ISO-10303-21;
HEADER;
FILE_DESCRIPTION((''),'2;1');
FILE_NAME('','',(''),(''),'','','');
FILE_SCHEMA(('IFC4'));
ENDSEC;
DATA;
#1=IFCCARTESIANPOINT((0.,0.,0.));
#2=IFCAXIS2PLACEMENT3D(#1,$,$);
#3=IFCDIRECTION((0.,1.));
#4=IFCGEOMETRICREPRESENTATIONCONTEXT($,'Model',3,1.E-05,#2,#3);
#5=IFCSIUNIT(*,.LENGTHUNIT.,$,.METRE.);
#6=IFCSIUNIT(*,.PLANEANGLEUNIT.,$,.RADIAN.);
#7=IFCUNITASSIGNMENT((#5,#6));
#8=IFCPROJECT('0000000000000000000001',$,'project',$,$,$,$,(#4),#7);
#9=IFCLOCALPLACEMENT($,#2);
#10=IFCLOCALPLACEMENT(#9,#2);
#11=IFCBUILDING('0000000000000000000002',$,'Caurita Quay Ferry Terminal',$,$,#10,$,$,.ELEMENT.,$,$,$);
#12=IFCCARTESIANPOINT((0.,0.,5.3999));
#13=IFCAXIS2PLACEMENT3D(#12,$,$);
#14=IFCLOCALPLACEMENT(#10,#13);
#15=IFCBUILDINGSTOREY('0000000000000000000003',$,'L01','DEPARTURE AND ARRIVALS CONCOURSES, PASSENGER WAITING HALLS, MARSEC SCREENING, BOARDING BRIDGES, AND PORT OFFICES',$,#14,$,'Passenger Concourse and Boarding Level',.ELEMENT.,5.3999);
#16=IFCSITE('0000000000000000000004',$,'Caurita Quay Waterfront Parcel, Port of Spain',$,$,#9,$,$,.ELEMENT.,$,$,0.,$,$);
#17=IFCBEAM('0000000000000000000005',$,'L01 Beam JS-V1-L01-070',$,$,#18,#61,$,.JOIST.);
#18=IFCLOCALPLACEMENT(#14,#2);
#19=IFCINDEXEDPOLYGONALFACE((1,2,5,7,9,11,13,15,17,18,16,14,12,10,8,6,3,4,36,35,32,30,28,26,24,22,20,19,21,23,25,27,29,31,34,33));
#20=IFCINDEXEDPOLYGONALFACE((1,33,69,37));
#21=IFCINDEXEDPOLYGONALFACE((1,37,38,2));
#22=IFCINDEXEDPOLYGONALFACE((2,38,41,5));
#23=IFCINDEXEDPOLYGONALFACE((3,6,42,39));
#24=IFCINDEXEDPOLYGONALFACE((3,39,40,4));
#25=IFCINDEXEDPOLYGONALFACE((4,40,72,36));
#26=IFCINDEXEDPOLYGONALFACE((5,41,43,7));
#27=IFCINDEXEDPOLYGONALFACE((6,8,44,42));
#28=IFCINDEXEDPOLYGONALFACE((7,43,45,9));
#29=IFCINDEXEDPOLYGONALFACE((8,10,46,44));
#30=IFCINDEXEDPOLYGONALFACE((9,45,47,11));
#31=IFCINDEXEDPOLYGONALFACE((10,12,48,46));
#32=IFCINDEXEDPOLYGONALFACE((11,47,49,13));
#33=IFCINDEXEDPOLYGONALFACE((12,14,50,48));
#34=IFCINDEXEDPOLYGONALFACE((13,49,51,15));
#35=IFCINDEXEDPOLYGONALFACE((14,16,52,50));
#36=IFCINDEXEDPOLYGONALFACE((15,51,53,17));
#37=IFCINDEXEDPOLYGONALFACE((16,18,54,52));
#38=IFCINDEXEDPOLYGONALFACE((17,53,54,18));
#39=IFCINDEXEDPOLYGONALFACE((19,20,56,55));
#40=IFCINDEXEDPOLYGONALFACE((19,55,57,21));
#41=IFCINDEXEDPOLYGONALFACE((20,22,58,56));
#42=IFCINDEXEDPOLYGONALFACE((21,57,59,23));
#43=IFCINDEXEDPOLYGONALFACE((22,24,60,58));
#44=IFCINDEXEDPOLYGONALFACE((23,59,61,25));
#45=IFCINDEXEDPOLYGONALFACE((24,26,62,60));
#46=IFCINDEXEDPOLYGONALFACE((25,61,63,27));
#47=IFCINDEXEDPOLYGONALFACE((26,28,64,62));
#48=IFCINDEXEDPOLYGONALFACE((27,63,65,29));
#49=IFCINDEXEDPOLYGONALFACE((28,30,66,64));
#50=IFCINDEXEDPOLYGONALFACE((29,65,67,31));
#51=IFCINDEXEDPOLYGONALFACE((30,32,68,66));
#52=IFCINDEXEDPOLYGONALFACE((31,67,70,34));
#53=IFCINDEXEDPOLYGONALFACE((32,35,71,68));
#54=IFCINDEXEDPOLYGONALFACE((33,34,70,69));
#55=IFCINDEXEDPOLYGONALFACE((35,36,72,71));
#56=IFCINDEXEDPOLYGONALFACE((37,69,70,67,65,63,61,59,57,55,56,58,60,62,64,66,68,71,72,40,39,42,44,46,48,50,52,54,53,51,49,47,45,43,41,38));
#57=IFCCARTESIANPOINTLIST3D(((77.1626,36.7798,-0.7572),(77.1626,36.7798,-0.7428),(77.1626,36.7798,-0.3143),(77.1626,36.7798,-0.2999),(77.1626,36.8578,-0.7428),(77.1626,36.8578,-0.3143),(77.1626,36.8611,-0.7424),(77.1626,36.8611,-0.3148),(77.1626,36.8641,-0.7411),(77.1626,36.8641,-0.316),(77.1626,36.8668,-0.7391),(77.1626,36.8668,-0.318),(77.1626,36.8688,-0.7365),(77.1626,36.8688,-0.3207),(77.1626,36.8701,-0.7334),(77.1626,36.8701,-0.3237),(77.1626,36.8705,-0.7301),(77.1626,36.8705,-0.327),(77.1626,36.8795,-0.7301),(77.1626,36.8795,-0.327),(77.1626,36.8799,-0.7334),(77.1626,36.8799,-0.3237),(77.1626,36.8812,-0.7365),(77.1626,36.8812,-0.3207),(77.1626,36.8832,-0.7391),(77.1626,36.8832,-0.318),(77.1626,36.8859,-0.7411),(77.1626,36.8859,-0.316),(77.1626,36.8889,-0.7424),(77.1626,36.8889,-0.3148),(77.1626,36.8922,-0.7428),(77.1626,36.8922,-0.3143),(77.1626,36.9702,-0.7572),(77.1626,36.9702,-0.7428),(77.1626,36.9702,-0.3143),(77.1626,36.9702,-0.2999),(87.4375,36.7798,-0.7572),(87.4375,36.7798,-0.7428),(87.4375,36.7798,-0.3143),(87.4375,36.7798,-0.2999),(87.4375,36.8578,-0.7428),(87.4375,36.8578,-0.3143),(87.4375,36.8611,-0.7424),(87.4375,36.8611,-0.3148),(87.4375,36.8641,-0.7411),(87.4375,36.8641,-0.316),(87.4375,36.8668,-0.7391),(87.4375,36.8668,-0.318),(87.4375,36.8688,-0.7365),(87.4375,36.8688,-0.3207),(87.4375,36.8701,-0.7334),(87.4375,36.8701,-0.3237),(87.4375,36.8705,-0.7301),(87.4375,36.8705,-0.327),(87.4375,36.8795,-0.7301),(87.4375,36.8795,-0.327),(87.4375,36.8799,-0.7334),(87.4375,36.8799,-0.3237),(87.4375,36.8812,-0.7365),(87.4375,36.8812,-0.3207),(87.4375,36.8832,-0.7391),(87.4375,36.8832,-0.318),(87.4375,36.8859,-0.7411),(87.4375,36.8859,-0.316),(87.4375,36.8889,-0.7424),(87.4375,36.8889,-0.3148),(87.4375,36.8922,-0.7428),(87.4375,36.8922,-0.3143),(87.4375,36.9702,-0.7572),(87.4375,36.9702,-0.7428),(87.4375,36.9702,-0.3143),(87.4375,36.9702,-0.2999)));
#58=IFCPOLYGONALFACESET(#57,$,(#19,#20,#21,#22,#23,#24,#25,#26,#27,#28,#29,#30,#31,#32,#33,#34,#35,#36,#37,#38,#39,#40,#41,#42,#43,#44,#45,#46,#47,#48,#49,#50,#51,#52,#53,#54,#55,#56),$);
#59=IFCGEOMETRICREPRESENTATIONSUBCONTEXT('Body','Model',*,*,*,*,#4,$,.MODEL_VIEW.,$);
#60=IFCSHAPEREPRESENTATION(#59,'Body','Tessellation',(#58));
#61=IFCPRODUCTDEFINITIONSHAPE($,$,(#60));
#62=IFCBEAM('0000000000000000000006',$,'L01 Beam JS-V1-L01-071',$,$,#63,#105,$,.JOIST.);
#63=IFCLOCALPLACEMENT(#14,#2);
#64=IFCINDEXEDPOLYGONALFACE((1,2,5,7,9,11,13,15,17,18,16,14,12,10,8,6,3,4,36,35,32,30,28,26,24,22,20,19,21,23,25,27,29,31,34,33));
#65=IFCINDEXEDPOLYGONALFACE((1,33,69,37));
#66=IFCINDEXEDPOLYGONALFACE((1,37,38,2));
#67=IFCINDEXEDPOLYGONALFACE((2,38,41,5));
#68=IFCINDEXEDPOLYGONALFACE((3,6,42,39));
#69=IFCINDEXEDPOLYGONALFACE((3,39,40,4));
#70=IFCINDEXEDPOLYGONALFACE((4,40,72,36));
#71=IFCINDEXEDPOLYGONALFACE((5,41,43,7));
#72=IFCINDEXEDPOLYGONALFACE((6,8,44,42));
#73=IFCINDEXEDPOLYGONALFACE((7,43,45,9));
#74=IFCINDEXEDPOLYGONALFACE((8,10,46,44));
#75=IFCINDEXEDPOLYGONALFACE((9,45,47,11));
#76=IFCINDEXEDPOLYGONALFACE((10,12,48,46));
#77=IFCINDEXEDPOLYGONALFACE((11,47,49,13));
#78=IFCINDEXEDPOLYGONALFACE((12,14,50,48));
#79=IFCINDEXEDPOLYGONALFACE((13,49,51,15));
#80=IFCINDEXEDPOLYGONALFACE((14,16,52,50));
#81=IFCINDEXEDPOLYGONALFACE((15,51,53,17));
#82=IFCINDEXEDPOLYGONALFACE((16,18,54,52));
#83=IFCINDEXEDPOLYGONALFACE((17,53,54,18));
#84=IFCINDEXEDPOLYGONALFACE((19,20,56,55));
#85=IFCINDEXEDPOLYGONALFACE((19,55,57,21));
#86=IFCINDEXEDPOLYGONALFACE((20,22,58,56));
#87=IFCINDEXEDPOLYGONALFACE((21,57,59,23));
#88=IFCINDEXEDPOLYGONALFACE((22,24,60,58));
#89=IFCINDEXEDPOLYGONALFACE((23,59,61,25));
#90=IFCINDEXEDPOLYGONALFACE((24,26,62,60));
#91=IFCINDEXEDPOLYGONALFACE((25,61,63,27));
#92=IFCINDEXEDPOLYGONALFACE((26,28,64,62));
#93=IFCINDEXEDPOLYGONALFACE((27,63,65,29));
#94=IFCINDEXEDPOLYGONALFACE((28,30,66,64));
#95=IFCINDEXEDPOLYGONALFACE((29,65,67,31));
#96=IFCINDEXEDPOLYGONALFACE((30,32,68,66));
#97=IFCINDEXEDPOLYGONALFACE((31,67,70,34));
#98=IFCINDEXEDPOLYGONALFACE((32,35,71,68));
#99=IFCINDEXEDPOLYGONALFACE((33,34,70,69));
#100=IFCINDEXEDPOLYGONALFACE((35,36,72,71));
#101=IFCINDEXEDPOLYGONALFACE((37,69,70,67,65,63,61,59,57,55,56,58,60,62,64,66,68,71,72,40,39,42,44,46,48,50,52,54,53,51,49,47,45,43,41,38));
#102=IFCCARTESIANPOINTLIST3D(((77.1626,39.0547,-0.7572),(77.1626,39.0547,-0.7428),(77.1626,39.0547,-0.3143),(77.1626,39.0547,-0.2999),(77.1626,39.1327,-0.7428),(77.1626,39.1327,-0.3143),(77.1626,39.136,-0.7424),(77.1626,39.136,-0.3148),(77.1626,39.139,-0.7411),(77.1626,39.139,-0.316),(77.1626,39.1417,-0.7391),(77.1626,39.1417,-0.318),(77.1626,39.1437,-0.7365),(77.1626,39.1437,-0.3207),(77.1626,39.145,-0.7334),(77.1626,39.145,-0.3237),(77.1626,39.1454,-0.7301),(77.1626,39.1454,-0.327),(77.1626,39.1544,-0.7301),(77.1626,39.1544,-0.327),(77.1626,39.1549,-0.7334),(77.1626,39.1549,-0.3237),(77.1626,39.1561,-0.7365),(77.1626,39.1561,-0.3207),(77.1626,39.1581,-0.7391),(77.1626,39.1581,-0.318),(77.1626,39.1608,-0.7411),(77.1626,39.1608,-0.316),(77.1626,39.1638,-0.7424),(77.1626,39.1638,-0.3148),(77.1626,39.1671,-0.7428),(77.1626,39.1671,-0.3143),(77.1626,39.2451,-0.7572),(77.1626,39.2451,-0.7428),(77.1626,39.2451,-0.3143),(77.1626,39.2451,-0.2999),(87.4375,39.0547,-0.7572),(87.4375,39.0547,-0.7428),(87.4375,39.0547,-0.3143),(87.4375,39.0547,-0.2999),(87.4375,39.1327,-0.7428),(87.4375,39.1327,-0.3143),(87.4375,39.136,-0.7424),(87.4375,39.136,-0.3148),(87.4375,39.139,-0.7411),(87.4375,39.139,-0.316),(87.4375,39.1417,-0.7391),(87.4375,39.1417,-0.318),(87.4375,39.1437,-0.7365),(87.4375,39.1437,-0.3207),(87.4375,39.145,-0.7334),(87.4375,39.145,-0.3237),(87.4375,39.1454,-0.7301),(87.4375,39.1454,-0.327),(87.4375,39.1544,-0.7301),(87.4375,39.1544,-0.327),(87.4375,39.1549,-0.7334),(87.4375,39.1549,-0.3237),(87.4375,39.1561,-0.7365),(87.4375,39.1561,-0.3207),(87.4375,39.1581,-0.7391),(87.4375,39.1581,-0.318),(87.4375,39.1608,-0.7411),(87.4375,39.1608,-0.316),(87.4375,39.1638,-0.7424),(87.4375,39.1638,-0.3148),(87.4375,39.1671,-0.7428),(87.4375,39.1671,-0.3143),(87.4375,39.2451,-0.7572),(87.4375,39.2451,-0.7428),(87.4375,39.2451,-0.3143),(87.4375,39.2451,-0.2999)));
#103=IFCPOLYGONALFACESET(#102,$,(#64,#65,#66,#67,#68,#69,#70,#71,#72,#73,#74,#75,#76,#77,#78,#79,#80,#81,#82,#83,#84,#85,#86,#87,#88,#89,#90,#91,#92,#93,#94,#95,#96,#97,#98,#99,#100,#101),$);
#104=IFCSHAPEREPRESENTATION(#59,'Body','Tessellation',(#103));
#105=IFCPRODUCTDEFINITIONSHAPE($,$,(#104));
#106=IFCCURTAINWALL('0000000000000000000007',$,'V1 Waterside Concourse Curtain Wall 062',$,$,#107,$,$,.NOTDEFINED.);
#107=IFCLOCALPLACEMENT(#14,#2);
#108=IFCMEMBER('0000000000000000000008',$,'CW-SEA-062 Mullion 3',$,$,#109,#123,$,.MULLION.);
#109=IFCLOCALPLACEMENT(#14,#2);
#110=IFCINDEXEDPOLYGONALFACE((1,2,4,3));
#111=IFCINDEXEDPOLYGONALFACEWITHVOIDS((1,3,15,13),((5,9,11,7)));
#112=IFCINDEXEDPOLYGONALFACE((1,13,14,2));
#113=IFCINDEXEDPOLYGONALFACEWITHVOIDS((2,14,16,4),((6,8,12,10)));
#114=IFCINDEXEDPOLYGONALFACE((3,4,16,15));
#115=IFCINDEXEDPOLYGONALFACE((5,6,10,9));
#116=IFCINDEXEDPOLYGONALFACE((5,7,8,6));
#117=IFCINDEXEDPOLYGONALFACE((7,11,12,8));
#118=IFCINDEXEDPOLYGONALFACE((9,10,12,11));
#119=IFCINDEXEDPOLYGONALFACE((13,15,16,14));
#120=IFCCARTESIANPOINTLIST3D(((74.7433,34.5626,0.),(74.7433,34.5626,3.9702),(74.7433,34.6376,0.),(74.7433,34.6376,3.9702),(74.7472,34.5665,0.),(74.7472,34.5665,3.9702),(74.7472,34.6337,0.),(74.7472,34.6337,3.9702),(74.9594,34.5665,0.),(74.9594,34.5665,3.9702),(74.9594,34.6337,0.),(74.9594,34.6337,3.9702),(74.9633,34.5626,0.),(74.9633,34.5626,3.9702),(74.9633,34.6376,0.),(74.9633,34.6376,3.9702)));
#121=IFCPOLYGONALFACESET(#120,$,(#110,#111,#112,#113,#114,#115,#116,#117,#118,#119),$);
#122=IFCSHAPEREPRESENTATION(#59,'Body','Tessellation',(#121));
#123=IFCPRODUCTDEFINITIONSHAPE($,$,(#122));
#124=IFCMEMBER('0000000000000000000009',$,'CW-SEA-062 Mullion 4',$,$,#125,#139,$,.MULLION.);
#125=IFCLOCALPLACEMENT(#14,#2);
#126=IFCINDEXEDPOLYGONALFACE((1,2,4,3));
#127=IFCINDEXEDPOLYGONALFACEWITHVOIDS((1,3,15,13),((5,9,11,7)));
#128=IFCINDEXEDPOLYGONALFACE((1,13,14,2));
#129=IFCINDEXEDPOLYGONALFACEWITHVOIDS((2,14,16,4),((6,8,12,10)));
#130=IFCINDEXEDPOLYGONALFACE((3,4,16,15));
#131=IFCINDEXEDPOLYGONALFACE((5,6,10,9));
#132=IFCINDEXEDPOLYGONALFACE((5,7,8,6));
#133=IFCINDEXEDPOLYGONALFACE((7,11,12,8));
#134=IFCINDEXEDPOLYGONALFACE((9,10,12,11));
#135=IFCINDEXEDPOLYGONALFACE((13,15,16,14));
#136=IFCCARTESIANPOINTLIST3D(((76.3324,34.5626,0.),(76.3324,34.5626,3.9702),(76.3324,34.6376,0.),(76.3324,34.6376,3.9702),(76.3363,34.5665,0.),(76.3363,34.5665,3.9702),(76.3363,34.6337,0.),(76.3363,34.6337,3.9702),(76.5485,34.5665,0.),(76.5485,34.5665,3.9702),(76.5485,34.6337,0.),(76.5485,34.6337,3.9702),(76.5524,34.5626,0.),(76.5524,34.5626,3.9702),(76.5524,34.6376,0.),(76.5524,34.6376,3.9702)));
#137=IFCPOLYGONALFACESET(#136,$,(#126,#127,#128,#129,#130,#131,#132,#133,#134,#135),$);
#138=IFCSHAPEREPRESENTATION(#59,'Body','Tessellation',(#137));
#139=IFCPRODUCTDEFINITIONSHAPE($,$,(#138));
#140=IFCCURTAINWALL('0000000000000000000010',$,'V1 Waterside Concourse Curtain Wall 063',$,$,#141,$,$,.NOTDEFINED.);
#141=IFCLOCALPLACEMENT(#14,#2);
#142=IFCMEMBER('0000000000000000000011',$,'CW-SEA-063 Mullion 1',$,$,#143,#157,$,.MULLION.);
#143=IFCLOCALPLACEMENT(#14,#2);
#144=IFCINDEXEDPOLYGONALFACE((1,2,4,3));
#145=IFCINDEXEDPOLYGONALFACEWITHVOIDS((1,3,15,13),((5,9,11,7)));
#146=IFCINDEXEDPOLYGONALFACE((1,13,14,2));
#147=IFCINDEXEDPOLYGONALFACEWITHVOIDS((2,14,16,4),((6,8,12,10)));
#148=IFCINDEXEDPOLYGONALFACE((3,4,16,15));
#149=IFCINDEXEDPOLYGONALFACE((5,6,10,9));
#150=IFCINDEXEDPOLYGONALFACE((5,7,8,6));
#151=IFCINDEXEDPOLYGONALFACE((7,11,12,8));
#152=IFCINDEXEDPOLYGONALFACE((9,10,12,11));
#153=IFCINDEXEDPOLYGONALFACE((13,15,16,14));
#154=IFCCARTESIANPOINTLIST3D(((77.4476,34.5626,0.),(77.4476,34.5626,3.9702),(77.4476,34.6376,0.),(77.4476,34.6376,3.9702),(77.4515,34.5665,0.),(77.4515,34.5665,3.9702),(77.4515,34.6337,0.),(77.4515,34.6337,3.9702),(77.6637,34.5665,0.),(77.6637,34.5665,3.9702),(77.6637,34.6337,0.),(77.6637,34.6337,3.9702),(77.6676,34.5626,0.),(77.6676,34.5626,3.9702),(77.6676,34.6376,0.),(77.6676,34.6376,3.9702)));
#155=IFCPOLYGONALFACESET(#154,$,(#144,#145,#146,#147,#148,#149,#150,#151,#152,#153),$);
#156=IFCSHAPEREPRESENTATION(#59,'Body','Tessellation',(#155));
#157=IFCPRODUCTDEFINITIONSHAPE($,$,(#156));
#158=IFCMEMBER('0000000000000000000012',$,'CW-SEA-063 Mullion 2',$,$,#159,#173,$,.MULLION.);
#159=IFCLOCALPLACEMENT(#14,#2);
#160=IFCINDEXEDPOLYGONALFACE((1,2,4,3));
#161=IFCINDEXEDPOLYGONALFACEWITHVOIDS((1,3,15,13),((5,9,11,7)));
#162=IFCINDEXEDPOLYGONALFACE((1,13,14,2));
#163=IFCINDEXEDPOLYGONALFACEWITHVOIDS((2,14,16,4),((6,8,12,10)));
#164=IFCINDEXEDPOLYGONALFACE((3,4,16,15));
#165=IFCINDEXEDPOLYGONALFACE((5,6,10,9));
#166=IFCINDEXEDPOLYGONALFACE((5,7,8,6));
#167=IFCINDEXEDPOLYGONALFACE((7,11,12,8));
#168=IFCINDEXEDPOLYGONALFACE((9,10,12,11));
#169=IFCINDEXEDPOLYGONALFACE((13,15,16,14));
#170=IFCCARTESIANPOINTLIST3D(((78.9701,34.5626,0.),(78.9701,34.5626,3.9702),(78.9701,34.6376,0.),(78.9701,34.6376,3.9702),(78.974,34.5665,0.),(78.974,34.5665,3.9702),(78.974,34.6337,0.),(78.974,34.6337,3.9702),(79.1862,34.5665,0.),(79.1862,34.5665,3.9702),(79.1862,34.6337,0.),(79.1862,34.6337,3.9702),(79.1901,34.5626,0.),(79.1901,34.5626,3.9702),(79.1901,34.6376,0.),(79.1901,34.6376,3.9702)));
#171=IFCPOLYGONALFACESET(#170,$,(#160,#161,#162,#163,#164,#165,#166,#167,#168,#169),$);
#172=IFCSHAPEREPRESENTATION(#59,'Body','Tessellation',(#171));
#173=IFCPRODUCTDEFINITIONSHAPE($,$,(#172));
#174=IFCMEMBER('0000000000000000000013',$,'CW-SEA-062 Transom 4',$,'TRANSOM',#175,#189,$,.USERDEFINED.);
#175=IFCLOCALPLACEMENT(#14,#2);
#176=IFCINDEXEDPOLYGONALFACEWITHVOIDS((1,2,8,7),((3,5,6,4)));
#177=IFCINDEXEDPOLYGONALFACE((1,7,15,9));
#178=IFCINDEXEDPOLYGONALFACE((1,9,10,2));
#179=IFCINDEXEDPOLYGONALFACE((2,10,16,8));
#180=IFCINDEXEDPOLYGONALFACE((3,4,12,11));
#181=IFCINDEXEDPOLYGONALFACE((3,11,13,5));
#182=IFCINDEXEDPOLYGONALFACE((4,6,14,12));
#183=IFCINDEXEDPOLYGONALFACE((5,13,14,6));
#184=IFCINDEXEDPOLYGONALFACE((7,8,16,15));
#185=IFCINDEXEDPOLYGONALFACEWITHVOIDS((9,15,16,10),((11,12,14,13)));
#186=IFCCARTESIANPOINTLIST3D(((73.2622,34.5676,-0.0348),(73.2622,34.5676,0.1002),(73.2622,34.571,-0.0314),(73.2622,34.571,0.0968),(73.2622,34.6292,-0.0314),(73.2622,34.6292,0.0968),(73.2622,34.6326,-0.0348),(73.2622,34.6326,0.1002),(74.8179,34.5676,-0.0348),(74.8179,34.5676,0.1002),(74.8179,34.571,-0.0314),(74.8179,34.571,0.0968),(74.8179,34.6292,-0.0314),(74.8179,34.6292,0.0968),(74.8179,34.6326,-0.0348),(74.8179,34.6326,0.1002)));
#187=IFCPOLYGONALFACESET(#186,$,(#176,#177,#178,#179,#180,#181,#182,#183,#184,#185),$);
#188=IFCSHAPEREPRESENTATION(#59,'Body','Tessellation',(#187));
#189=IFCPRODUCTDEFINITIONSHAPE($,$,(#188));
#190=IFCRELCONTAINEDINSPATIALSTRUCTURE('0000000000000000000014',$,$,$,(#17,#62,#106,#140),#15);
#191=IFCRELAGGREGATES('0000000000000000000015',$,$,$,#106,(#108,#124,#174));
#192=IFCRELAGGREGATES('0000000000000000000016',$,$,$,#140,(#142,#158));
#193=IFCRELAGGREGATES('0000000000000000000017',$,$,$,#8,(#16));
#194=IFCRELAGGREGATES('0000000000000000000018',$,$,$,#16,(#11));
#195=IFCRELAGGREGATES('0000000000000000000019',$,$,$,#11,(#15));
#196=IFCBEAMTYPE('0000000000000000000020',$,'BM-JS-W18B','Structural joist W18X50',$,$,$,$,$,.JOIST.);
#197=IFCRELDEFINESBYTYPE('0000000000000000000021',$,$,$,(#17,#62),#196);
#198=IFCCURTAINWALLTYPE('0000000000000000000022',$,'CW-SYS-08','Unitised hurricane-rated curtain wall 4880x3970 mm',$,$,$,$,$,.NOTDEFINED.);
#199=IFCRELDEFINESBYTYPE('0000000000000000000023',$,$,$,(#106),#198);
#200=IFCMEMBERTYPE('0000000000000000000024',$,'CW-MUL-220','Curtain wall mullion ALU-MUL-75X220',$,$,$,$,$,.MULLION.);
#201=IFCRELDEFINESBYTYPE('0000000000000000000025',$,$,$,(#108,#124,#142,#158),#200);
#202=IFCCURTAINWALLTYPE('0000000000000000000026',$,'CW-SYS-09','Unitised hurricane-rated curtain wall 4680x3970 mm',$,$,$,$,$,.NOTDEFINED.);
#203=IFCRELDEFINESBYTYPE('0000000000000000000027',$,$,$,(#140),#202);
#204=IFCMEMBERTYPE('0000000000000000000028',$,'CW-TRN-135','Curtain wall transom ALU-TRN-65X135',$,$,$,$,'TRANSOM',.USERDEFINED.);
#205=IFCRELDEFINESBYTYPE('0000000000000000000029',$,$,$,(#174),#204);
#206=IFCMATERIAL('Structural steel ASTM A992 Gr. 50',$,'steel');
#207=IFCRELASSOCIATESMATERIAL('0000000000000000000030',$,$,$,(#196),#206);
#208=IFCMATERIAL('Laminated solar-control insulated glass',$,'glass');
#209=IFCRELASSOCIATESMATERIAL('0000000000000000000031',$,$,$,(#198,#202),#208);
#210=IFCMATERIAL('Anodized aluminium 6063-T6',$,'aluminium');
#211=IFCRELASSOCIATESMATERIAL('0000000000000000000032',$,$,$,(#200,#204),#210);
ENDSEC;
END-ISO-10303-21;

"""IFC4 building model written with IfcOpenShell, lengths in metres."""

from ifc_helpers import new_model, si_unit, direction, frame, origin, origin_2d, place, context, subcontext, project, spatial, hollow_rectangle, i_section, extrude, material, material_profile, profile_set, type_object, element, aggregate, save


model = new_model("IFC4")

# Units and contexts
model_context = context("Model", 3, precision=1e-05, world=origin(), true_north=direction((0.0, 1.0)))
body_context = subcontext(model_context, "Body", "Model", "MODEL_VIEW")
ifc_project = project(units=[si_unit("LENGTHUNIT", "METRE"), si_unit("PLANEANGLEUNIT", "RADIAN")], contexts=[model_context])

# Site, building, storey
site_placement = place(None, origin())
site = spatial("IfcSite", under=ifc_project, at=site_placement, Name="Caurita Quay Waterfront Parcel, Port of Spain", CompositionType="ELEMENT", RefElevation=0.0)
building_placement = place(site_placement, origin())
building = spatial("IfcBuilding", under=site, at=building_placement, Name="Caurita Quay Ferry Terminal", CompositionType="ELEMENT")
storey_placement = place(building_placement, frame((0.0, 0.0, 5.3999)))
storey = spatial("IfcBuildingStorey", under=building, at=storey_placement, Name="L01", Description="DEPARTURE AND ARRIVALS CONCOURSES, PASSENGER WAITING HALLS, MARSEC SCREENING, BOARDING BRIDGES, AND PORT OFFICES", LongName="Passenger Concourse and Boarding Level", CompositionType="ELEMENT", Elevation=5.3999)

# Beams
ifc_material_1 = material(Name="Structural steel ASTM A992 Gr. 50", Category="steel")
ifc_material_profile_1 = material_profile(ifc_material_1, i_section(OverallWidth=0.1904, OverallDepth=0.4573, WebThickness=0.009, FlangeThickness=0.0144, FilletRadius=0.0127, at=origin_2d()), Name="W18X50")
ifc_profile_set_1 = profile_set([ifc_material_profile_1], Name="Structural steel ASTM A992 Gr. 50")
beam_type_1 = type_object("IfcBeamType", Name="BM-JS-W18B", Description="Structural joist W18X50", PredefinedType="JOIST", material=ifc_profile_set_1)
for number, where, z_axis, x_axis, name in (
    (1, (77.1626, 36.875, -0.5286), (1.0, 0.0, 0.0), (0.0, 1.0, 0.0), "L01 Beam JS-V1-L01-070"),
    (2, (77.1626, 39.1499, -0.5286), (1.0, 0.0, 0.0), (0.0, 1.0, 0.0), "L01 Beam JS-V1-L01-071"),
):
    element("IfcBeam", number, at=place(storey_placement, frame(where, z_axis=z_axis, x_axis=x_axis)), inside=storey, type_object=beam_type_1, Name=name, PredefinedType="JOIST", context=body_context, shape_type="SweptSolid", body=[
        extrude(i_section(OverallWidth=0.1904, OverallDepth=0.4573, WebThickness=0.009, FlangeThickness=0.0144, FilletRadius=0.0127, at=origin_2d()), origin(), (0.0, 0.0, 1.0), 10.2749),
    ])

# Curtain walls, members
ifc_material_2 = material(Name="Laminated solar-control insulated glass", Category="glass")
curtain_wall_type_1 = type_object("IfcCurtainWallType", Name="CW-SYS-08", Description="Unitised hurricane-rated curtain wall 4880x3970 mm", PredefinedType="NOTDEFINED", material=ifc_material_2)
curtain_wall_1_placement = place(storey_placement, origin())
curtain_wall_1 = element("IfcCurtainWall", 3, at=curtain_wall_1_placement, inside=storey, type_object=curtain_wall_type_1, Name="V1 Waterside Concourse Curtain Wall 062", PredefinedType="NOTDEFINED")
ifc_material_3 = material(Name="Anodized aluminium 6063-T6", Category="aluminium")
ifc_material_profile_2 = material_profile(ifc_material_3, hollow_rectangle(XDim=0.075, YDim=0.22, WallThickness=0.0039, at=origin_2d()), Name="ALU-MUL-75X220")
ifc_profile_set_2 = profile_set([ifc_material_profile_2], Name="Anodized aluminium 6063-T6")
member_type_1 = type_object("IfcMemberType", Name="CW-MUL-220", Description="Curtain wall mullion ALU-MUL-75X220", PredefinedType="MULLION", material=ifc_profile_set_2)
member_1_placement = place(storey_placement, frame((74.8533, 34.6001, 0.0), z_axis=(0.0, 0.0, 1.0), x_axis=(0.0, 1.0, 0.0)))
member_1 = element("IfcMember", 4, at=member_1_placement, type_object=member_type_1, Name="CW-SEA-062 Mullion 3", PredefinedType="MULLION", context=body_context, shape_type="SweptSolid", body=[
    extrude(hollow_rectangle(XDim=0.075, YDim=0.22, WallThickness=0.0039, at=origin_2d()), origin(), (0.0, 0.0, 1.0), 3.9702),
])
member_2_placement = place(storey_placement, frame((76.4424, 34.6001, 0.0), z_axis=(0.0, 0.0, 1.0), x_axis=(0.0, 1.0, 0.0)))
member_2 = element("IfcMember", 5, at=member_2_placement, type_object=member_type_1, Name="CW-SEA-062 Mullion 4", PredefinedType="MULLION", context=body_context, shape_type="SweptSolid", body=[
    extrude(hollow_rectangle(XDim=0.075, YDim=0.22, WallThickness=0.0039, at=origin_2d()), origin(), (0.0, 0.0, 1.0), 3.9702),
])
curtain_wall_type_2 = type_object("IfcCurtainWallType", Name="CW-SYS-09", Description="Unitised hurricane-rated curtain wall 4680x3970 mm", PredefinedType="NOTDEFINED", material=ifc_material_2)
curtain_wall_2_placement = place(storey_placement, origin())
curtain_wall_2 = element("IfcCurtainWall", 6, at=curtain_wall_2_placement, inside=storey, type_object=curtain_wall_type_2, Name="V1 Waterside Concourse Curtain Wall 063", PredefinedType="NOTDEFINED")
member_3_placement = place(storey_placement, frame((77.5576, 34.6001, 0.0), z_axis=(0.0, 0.0, 1.0), x_axis=(0.0, 1.0, 0.0)))
member_3 = element("IfcMember", 7, at=member_3_placement, type_object=member_type_1, Name="CW-SEA-063 Mullion 1", PredefinedType="MULLION", context=body_context, shape_type="SweptSolid", body=[
    extrude(hollow_rectangle(XDim=0.075, YDim=0.22, WallThickness=0.0039, at=origin_2d()), origin(), (0.0, 0.0, 1.0), 3.9702),
])
member_4_placement = place(storey_placement, frame((79.0801, 34.6001, 0.0), z_axis=(0.0, 0.0, 1.0), x_axis=(0.0, 1.0, 0.0)))
member_4 = element("IfcMember", 8, at=member_4_placement, type_object=member_type_1, Name="CW-SEA-063 Mullion 2", PredefinedType="MULLION", context=body_context, shape_type="SweptSolid", body=[
    extrude(hollow_rectangle(XDim=0.075, YDim=0.22, WallThickness=0.0039, at=origin_2d()), origin(), (0.0, 0.0, 1.0), 3.9702),
])

# Member
ifc_material_profile_3 = material_profile(ifc_material_3, hollow_rectangle(XDim=0.0649, YDim=0.135, WallThickness=0.0034, at=origin_2d()), Name="ALU-TRN-65X135")
ifc_profile_set_3 = profile_set([ifc_material_profile_3], Name="Anodized aluminium 6063-T6")
member_type_2 = type_object("IfcMemberType", Name="CW-TRN-135", Description="Curtain wall transom ALU-TRN-65X135", ElementType="TRANSOM", PredefinedType="USERDEFINED", material=ifc_profile_set_3)
member_5_placement = place(storey_placement, frame((73.2622, 34.6001, 0.0327), z_axis=(1.0, 0.0, 0.0), x_axis=(0.0, 1.0, 0.0)))
member_5 = element("IfcMember", 9, at=member_5_placement, type_object=member_type_2, Name="CW-SEA-062 Transom 4", ObjectType="TRANSOM", PredefinedType="USERDEFINED", context=body_context, shape_type="SweptSolid", body=[
    extrude(hollow_rectangle(XDim=0.0649, YDim=0.135, WallThickness=0.0034, at=origin_2d()), origin(), (0.0, 0.0, 1.0), 1.5557),
])

aggregate(curtain_wall_1, [member_1, member_2, member_5])
aggregate(curtain_wall_2, [member_3, member_4])

save(model, "model.ifc")
